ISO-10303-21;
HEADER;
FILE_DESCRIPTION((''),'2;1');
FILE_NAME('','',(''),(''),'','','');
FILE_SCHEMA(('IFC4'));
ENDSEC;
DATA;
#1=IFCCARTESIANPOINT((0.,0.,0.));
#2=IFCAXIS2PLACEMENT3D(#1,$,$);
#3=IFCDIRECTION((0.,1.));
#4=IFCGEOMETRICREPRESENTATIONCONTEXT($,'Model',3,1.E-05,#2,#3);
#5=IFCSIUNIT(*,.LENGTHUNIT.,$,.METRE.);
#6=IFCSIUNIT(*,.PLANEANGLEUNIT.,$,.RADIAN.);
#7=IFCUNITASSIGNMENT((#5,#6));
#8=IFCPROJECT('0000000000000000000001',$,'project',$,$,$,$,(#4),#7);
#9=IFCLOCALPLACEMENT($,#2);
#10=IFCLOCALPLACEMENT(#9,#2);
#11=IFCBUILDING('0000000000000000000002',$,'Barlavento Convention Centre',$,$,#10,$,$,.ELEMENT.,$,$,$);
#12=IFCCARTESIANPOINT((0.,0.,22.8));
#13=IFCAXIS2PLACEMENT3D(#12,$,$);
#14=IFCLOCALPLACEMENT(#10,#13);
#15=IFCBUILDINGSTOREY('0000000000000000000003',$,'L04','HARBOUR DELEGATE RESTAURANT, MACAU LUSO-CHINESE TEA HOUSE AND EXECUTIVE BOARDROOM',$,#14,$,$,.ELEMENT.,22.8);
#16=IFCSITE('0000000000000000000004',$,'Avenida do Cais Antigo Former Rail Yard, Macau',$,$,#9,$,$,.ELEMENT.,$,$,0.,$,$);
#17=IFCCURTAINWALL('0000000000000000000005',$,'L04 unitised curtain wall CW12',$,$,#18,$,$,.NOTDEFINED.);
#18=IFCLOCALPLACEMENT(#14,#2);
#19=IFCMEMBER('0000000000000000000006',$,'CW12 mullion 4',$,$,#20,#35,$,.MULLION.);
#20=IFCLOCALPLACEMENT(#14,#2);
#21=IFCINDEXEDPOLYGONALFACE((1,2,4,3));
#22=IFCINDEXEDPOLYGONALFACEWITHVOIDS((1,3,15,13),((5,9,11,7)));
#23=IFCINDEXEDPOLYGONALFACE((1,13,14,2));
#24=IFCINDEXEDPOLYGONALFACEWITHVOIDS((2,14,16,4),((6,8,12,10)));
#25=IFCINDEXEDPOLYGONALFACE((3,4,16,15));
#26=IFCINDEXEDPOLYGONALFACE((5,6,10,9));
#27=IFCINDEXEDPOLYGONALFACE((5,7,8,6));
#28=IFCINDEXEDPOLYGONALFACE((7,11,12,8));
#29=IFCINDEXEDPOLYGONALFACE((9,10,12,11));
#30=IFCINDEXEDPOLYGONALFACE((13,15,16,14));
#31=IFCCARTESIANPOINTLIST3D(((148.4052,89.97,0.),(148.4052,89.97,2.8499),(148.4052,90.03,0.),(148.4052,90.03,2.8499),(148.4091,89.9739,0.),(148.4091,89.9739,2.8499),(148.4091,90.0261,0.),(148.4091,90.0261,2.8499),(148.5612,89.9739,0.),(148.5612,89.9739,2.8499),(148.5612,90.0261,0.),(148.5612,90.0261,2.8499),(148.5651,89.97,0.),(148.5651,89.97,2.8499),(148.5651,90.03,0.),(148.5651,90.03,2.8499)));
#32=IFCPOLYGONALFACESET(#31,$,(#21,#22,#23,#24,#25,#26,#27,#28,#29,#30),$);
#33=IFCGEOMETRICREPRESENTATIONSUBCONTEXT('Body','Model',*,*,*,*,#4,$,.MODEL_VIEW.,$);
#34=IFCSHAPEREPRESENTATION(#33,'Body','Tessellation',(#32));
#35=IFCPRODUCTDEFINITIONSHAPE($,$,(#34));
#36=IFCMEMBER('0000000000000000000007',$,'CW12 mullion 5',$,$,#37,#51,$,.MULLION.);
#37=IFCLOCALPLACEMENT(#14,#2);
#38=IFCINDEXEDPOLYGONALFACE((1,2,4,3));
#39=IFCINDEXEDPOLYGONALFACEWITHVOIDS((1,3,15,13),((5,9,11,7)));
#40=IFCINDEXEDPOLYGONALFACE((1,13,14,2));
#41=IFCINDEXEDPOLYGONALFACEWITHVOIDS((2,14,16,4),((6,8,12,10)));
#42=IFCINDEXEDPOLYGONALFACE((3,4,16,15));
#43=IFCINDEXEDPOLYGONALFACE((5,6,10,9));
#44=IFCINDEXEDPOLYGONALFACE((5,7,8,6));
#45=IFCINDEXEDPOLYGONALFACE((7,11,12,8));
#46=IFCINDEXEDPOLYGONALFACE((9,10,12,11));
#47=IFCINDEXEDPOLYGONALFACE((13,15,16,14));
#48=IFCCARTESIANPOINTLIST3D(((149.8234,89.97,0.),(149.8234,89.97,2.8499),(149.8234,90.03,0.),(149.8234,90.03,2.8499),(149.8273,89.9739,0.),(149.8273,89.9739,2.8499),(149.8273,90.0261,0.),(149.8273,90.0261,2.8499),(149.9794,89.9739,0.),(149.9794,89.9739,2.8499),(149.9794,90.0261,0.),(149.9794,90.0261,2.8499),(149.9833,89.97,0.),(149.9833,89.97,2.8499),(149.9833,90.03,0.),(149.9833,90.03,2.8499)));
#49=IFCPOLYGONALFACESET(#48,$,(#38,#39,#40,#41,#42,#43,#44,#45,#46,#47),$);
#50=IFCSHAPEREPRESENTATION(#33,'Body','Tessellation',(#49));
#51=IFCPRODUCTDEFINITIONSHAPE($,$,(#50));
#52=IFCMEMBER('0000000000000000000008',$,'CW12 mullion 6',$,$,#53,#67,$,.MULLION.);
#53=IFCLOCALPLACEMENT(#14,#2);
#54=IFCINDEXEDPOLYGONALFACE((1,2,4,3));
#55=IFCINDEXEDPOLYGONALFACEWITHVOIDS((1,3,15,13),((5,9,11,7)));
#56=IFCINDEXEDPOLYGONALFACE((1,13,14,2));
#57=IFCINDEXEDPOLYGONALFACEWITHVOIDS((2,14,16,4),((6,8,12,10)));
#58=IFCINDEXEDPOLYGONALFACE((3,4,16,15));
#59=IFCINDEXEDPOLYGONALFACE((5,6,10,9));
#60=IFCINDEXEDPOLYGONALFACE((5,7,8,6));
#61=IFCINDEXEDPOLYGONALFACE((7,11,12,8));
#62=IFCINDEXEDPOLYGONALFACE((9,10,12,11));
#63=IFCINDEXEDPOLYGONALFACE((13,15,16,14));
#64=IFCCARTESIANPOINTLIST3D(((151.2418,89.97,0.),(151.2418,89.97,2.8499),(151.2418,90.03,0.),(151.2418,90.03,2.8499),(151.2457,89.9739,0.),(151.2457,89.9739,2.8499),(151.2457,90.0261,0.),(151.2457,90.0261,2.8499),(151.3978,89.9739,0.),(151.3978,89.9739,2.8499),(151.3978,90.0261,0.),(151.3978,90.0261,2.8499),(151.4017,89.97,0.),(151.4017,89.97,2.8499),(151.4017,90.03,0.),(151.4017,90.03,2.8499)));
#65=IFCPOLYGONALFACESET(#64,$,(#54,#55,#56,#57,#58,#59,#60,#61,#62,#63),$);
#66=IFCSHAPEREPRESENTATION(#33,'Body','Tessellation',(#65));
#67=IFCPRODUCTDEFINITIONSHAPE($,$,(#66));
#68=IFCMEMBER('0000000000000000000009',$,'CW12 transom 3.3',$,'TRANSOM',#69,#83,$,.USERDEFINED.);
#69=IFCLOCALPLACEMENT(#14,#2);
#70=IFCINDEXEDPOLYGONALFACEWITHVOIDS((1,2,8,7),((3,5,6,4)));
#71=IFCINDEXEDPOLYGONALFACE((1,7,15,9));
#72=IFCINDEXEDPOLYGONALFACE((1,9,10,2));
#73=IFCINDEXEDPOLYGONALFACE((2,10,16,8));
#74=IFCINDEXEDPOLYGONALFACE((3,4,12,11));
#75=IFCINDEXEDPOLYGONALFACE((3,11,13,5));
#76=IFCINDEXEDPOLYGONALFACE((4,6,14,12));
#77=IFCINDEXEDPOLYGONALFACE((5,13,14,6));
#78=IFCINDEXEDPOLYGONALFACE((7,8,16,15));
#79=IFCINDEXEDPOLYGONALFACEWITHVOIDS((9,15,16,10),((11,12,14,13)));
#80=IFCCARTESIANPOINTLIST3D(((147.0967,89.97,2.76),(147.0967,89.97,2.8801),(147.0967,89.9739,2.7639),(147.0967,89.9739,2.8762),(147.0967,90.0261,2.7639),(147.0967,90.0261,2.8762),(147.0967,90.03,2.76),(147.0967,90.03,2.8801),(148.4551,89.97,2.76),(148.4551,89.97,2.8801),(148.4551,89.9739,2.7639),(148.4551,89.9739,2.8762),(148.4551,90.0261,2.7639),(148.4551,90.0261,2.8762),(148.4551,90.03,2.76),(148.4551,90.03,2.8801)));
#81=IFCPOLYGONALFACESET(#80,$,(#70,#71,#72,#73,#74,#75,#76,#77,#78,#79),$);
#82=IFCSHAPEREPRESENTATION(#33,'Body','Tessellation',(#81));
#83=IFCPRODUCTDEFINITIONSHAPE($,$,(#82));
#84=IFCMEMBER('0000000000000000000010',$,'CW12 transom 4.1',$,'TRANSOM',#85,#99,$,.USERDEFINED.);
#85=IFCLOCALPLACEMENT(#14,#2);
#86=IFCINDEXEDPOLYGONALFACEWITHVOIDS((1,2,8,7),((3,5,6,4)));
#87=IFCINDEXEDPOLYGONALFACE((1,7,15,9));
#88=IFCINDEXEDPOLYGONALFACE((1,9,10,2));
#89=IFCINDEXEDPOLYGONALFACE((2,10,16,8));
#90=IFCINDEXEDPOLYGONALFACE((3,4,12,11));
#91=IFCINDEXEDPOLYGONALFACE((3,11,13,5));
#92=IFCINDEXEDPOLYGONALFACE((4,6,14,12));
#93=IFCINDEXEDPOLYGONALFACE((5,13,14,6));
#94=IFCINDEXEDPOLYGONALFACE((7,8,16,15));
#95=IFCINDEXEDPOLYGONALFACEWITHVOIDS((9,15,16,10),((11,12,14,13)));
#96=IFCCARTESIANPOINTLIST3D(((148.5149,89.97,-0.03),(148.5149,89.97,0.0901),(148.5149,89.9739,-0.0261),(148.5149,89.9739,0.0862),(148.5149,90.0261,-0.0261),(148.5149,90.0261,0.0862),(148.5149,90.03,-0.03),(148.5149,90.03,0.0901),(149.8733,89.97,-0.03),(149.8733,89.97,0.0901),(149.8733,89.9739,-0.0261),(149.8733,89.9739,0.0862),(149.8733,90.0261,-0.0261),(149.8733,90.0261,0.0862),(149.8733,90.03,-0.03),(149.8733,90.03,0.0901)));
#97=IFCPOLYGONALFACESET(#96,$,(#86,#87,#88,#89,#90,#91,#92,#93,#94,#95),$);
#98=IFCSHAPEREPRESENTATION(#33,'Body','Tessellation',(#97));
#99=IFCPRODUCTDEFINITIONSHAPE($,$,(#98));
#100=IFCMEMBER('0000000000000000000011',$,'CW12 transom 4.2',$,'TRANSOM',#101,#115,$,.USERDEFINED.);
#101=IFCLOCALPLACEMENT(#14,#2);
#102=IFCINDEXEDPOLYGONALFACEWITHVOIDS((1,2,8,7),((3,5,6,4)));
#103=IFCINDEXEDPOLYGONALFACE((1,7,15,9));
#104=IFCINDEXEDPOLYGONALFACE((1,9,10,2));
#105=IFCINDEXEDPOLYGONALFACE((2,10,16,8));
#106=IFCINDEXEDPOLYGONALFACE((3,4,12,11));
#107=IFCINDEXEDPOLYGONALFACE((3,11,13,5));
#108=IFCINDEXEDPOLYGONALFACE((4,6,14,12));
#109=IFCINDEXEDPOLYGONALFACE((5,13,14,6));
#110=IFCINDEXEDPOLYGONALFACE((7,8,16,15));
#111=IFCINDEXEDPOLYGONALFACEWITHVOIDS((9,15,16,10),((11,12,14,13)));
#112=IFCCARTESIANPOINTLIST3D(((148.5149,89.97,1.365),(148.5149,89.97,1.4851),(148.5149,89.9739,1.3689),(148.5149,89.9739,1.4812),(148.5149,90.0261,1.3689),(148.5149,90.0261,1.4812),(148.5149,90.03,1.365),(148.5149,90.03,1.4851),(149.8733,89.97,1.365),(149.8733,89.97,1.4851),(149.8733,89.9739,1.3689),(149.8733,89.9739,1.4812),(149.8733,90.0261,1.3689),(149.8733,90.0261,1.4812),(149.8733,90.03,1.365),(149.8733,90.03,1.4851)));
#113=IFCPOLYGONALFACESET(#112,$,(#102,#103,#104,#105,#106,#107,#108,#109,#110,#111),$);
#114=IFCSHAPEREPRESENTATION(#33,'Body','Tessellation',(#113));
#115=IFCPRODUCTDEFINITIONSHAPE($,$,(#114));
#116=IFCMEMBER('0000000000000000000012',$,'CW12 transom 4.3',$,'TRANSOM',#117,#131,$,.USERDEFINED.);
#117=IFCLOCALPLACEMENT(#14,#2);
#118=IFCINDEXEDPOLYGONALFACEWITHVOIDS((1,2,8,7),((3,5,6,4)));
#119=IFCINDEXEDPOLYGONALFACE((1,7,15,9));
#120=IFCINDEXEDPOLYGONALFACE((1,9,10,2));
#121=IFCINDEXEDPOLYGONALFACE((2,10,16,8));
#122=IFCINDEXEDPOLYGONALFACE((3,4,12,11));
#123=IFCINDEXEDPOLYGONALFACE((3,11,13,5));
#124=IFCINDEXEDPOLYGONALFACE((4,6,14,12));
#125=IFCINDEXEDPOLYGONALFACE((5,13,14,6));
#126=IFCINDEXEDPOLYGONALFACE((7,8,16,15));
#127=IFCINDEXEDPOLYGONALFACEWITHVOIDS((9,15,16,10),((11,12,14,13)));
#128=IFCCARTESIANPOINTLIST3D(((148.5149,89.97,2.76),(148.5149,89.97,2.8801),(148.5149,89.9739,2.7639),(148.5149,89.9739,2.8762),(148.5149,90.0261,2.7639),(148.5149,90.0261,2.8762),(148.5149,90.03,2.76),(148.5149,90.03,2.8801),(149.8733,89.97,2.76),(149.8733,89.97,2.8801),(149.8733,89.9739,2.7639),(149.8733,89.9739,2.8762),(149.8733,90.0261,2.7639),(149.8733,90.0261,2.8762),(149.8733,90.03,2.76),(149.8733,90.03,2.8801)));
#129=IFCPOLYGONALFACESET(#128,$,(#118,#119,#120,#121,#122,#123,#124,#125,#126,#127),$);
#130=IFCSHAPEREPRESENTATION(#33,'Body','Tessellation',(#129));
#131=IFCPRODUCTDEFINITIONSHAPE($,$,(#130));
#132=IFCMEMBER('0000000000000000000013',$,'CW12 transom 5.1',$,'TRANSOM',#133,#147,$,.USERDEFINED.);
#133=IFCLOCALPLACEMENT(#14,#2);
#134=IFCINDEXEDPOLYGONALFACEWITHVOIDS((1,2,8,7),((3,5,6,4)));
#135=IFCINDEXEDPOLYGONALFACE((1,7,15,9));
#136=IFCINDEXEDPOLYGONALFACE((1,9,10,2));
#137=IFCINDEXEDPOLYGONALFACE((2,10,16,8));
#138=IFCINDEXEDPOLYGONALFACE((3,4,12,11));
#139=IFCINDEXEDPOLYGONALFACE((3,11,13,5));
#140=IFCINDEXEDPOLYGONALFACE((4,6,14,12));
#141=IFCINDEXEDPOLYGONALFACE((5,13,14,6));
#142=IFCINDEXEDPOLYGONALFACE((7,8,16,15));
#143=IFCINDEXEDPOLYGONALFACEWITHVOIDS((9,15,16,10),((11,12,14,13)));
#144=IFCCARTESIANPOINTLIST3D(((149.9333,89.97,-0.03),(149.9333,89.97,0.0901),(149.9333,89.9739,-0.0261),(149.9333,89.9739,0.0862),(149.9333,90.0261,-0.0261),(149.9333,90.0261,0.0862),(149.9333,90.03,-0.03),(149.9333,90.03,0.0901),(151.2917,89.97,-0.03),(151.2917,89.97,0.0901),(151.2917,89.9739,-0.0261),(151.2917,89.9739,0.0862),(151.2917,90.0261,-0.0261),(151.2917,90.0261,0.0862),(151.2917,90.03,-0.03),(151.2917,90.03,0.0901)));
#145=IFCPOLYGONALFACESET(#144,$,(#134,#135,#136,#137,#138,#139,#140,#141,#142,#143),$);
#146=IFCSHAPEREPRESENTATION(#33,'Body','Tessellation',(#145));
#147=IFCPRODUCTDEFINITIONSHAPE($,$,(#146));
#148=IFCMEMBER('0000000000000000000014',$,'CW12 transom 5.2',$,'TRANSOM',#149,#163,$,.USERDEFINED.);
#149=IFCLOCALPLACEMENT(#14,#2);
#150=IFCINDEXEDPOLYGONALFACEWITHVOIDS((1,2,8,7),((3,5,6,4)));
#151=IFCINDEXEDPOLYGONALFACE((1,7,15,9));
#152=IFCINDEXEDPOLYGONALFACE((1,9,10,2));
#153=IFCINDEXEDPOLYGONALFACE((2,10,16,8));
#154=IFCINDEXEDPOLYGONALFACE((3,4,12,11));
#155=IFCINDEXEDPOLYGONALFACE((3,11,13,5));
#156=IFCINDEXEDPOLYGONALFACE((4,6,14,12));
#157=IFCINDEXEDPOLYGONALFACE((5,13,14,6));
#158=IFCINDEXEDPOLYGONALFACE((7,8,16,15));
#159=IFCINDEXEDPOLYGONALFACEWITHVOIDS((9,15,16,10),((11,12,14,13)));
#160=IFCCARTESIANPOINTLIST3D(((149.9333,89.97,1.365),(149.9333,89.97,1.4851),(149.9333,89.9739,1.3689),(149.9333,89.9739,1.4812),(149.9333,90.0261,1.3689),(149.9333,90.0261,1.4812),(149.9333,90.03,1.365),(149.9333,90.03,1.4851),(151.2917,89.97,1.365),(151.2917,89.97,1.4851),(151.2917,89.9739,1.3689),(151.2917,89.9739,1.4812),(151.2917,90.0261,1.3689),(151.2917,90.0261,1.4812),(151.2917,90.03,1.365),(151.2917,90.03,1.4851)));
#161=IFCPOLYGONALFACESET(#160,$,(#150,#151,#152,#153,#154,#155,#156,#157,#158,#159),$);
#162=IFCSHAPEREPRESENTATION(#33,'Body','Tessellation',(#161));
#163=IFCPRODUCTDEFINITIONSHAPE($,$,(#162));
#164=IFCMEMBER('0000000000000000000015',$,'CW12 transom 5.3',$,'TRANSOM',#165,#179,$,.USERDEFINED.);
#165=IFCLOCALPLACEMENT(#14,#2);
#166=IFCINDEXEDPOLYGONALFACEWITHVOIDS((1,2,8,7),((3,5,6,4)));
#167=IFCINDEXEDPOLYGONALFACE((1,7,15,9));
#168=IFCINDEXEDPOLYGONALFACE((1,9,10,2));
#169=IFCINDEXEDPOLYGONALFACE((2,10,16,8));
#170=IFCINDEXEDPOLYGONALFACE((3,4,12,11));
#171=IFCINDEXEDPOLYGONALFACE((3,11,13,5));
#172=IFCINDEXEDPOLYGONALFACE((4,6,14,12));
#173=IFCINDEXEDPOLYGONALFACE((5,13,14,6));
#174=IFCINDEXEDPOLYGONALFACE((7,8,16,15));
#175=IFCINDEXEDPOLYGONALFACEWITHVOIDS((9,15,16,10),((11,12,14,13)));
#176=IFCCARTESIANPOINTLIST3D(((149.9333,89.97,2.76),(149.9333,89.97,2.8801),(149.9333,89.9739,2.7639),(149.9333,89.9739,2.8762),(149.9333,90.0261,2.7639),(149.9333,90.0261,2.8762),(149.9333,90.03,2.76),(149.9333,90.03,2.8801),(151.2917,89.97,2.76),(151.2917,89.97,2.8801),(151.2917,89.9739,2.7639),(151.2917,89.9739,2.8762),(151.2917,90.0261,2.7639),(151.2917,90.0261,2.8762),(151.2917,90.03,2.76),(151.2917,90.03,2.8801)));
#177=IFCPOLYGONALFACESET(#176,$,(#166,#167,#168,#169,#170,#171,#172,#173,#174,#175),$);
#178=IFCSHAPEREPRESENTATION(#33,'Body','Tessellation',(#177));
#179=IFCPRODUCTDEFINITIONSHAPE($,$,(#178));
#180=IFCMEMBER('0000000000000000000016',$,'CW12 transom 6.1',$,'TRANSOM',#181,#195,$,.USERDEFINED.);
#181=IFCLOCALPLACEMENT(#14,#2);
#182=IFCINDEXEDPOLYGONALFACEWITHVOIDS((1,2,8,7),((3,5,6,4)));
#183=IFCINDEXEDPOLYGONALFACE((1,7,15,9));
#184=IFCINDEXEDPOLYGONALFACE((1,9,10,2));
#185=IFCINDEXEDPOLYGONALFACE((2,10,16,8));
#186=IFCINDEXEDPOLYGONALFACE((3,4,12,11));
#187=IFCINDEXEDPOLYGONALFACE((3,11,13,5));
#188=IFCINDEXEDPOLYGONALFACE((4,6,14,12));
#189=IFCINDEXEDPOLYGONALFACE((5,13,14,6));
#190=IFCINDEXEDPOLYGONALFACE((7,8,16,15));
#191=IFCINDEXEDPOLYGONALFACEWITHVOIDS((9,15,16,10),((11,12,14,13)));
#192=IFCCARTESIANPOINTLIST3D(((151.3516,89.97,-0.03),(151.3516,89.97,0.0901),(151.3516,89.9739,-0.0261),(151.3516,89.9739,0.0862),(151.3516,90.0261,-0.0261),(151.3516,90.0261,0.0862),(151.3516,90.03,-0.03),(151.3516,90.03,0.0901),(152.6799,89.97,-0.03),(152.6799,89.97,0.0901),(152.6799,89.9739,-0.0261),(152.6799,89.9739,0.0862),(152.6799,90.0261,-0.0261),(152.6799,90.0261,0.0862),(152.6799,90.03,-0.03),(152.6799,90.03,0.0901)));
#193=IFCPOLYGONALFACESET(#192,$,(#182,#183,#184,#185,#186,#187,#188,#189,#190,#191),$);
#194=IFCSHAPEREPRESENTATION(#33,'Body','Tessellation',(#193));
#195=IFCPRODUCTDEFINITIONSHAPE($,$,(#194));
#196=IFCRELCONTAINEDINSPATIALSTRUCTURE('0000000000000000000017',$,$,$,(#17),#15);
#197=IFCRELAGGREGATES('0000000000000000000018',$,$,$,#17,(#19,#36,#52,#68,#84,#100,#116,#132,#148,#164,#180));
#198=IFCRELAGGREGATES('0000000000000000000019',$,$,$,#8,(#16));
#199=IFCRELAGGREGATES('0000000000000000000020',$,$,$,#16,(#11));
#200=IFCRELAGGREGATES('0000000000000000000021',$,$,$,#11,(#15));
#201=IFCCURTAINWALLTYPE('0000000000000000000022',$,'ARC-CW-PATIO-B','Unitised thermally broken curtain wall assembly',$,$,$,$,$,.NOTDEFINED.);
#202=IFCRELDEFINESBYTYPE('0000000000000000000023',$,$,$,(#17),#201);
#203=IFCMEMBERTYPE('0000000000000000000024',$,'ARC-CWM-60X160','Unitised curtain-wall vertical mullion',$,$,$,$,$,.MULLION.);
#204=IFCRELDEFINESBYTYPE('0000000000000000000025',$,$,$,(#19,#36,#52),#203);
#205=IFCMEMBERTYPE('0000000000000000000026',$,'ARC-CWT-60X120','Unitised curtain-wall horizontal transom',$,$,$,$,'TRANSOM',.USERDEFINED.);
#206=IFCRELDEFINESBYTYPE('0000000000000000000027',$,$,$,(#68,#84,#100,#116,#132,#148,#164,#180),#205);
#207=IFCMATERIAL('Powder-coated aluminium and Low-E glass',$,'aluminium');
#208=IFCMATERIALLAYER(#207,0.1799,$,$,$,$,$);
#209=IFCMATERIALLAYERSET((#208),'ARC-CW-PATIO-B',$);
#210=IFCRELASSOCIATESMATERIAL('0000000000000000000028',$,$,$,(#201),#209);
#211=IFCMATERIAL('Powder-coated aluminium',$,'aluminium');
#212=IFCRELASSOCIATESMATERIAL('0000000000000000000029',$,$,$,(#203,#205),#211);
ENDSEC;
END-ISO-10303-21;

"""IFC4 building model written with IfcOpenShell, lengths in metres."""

from ifc_helpers import new_model, si_unit, direction, frame, origin, origin_2d, place, context, subcontext, project, spatial, hollow_rectangle, extrude, material, layer, layer_set, material_profile, profile_set, type_object, element, aggregate, save


model = new_model("IFC4")

# Units and contexts
model_context = context("Model", 3, precision=1e-05, world=origin(), true_north=direction((0.0, 1.0)))
body_context = subcontext(model_context, "Body", "Model", "MODEL_VIEW")
ifc_project = project(units=[si_unit("LENGTHUNIT", "METRE"), si_unit("PLANEANGLEUNIT", "RADIAN")], contexts=[model_context])

# Site, building, storey
site_placement = place(None, origin())
site = spatial("IfcSite", under=ifc_project, at=site_placement, Name="Avenida do Cais Antigo Former Rail Yard, Macau", CompositionType="ELEMENT", RefElevation=0.0)
building_placement = place(site_placement, origin())
building = spatial("IfcBuilding", under=site, at=building_placement, Name="Barlavento Convention Centre", CompositionType="ELEMENT")
storey_placement = place(building_placement, frame((0.0, 0.0, 22.8)))
storey = spatial("IfcBuildingStorey", under=building, at=storey_placement, Name="L04", Description="HARBOUR DELEGATE RESTAURANT, MACAU LUSO-CHINESE TEA HOUSE AND EXECUTIVE BOARDROOM", CompositionType="ELEMENT", Elevation=22.8)

# Curtain wall, members
ifc_material_1 = material(Name="Powder-coated aluminium and Low-E glass", Category="aluminium")
ifc_layer_1 = layer(ifc_material_1, 0.1799)
ifc_layer_set_1 = layer_set([ifc_layer_1], Name="ARC-CW-PATIO-B")
curtain_wall_type = type_object("IfcCurtainWallType", Name="ARC-CW-PATIO-B", Description="Unitised thermally broken curtain wall assembly", PredefinedType="NOTDEFINED", material=ifc_layer_set_1)
curtain_wall_placement = place(storey_placement, origin())
curtain_wall = element("IfcCurtainWall", 1, at=curtain_wall_placement, inside=storey, type_object=curtain_wall_type, Name="L04 unitised curtain wall CW12", PredefinedType="NOTDEFINED")
ifc_material_2 = material(Name="Powder-coated aluminium", Category="aluminium")
ifc_material_profile_1 = material_profile(ifc_material_2, hollow_rectangle(XDim=0.0601, YDim=0.1599, WallThickness=0.0039, at=origin_2d()), Name="AL-MULL 60x160x4")
ifc_profile_set_1 = profile_set([ifc_material_profile_1], Name="Powder-coated aluminium")
member_type_1 = type_object("IfcMemberType", Name="ARC-CWM-60X160", Description="Unitised curtain-wall vertical mullion", PredefinedType="MULLION", material=ifc_profile_set_1)
member_1_placement = place(storey_placement, frame((148.4851, 90.0, 0.0), z_axis=(0.0, 0.0, 1.0), x_axis=(0.0, 1.0, 0.0)))
member_1 = element("IfcMember", 2, at=member_1_placement, type_object=member_type_1, Name="CW12 mullion 4", PredefinedType="MULLION", context=body_context, shape_type="SweptSolid", body=[
    extrude(hollow_rectangle(XDim=0.0601, YDim=0.1599, WallThickness=0.0039, at=origin_2d()), origin(), (0.0, 0.0, 1.0), 2.8499),
])
member_2_placement = place(storey_placement, frame((149.9033, 90.0, 0.0), z_axis=(0.0, 0.0, 1.0), x_axis=(0.0, 1.0, 0.0)))
member_2 = element("IfcMember", 3, at=member_2_placement, type_object=member_type_1, Name="CW12 mullion 5", PredefinedType="MULLION", context=body_context, shape_type="SweptSolid", body=[
    extrude(hollow_rectangle(XDim=0.0601, YDim=0.1599, WallThickness=0.0039, at=origin_2d()), origin(), (0.0, 0.0, 1.0), 2.8499),
])
member_3_placement = place(storey_placement, frame((151.3218, 90.0, 0.0), z_axis=(0.0, 0.0, 1.0), x_axis=(0.0, 1.0, 0.0)))
member_3 = element("IfcMember", 4, at=member_3_placement, type_object=member_type_1, Name="CW12 mullion 6", PredefinedType="MULLION", context=body_context, shape_type="SweptSolid", body=[
    extrude(hollow_rectangle(XDim=0.0601, YDim=0.1599, WallThickness=0.0039, at=origin_2d()), origin(), (0.0, 0.0, 1.0), 2.8499),
])
ifc_material_profile_2 = material_profile(ifc_material_2, hollow_rectangle(XDim=0.0601, YDim=0.1201, WallThickness=0.0039, at=origin_2d()), Name="AL-TRAN 60x120x4")
ifc_profile_set_2 = profile_set([ifc_material_profile_2], Name="Powder-coated aluminium")
member_type_2 = type_object("IfcMemberType", Name="ARC-CWT-60X120", Description="Unitised curtain-wall horizontal transom", ElementType="TRANSOM", PredefinedType="USERDEFINED", material=ifc_profile_set_2)
member_4_placement = place(storey_placement, frame((147.0967, 90.0, 2.8201), z_axis=(1.0, 0.0, 0.0), x_axis=(0.0, 1.0, 0.0)))
member_4 = element("IfcMember", 5, at=member_4_placement, type_object=member_type_2, Name="CW12 transom 3.3", ObjectType="TRANSOM", PredefinedType="USERDEFINED", context=body_context, shape_type="SweptSolid", body=[
    extrude(hollow_rectangle(XDim=0.0601, YDim=0.1201, WallThickness=0.0039, at=origin_2d()), origin(), (0.0, 0.0, 1.0), 1.3584),
])
member_5_placement = place(storey_placement, frame((148.5149, 90.0, 0.03), z_axis=(1.0, 0.0, 0.0), x_axis=(0.0, 1.0, 0.0)))
member_5 = element("IfcMember", 6, at=member_5_placement, type_object=member_type_2, Name="CW12 transom 4.1", ObjectType="TRANSOM", PredefinedType="USERDEFINED", context=body_context, shape_type="SweptSolid", body=[
    extrude(hollow_rectangle(XDim=0.0601, YDim=0.1201, WallThickness=0.0039, at=origin_2d()), origin(), (0.0, 0.0, 1.0), 1.3584),
])
member_6_placement = place(storey_placement, frame((148.5149, 90.0, 1.425), z_axis=(1.0, 0.0, 0.0), x_axis=(0.0, 1.0, 0.0)))
member_6 = element("IfcMember", 7, at=member_6_placement, type_object=member_type_2, Name="CW12 transom 4.2", ObjectType="TRANSOM", PredefinedType="USERDEFINED", context=body_context, shape_type="SweptSolid", body=[
    extrude(hollow_rectangle(XDim=0.0601, YDim=0.1201, WallThickness=0.0039, at=origin_2d()), origin(), (0.0, 0.0, 1.0), 1.3584),
])
member_7_placement = place(storey_placement, frame((148.5149, 90.0, 2.8201), z_axis=(1.0, 0.0, 0.0), x_axis=(0.0, 1.0, 0.0)))
member_7 = element("IfcMember", 8, at=member_7_placement, type_object=member_type_2, Name="CW12 transom 4.3", ObjectType="TRANSOM", PredefinedType="USERDEFINED", context=body_context, shape_type="SweptSolid", body=[
    extrude(hollow_rectangle(XDim=0.0601, YDim=0.1201, WallThickness=0.0039, at=origin_2d()), origin(), (0.0, 0.0, 1.0), 1.3584),
])
member_8_placement = place(storey_placement, frame((149.9333, 90.0, 0.03), z_axis=(1.0, 0.0, 0.0), x_axis=(0.0, 1.0, 0.0)))
member_8 = element("IfcMember", 9, at=member_8_placement, type_object=member_type_2, Name="CW12 transom 5.1", ObjectType="TRANSOM", PredefinedType="USERDEFINED", context=body_context, shape_type="SweptSolid", body=[
    extrude(hollow_rectangle(XDim=0.0601, YDim=0.1201, WallThickness=0.0039, at=origin_2d()), origin(), (0.0, 0.0, 1.0), 1.3584),
])
member_9_placement = place(storey_placement, frame((149.9333, 90.0, 1.425), z_axis=(1.0, 0.0, 0.0), x_axis=(0.0, 1.0, 0.0)))
member_9 = element("IfcMember", 10, at=member_9_placement, type_object=member_type_2, Name="CW12 transom 5.2", ObjectType="TRANSOM", PredefinedType="USERDEFINED", context=body_context, shape_type="SweptSolid", body=[
    extrude(hollow_rectangle(XDim=0.0601, YDim=0.1201, WallThickness=0.0039, at=origin_2d()), origin(), (0.0, 0.0, 1.0), 1.3584),
])
member_10_placement = place(storey_placement, frame((149.9333, 90.0, 2.8201), z_axis=(1.0, 0.0, 0.0), x_axis=(0.0, 1.0, 0.0)))
member_10 = element("IfcMember", 11, at=member_10_placement, type_object=member_type_2, Name="CW12 transom 5.3", ObjectType="TRANSOM", PredefinedType="USERDEFINED", context=body_context, shape_type="SweptSolid", body=[
    extrude(hollow_rectangle(XDim=0.0601, YDim=0.1201, WallThickness=0.0039, at=origin_2d()), origin(), (0.0, 0.0, 1.0), 1.3584),
])
member_11_placement = place(storey_placement, frame((151.3516, 90.0, 0.03), z_axis=(1.0, 0.0, 0.0), x_axis=(0.0, 1.0, 0.0)))
member_11 = element("IfcMember", 12, at=member_11_placement, type_object=member_type_2, Name="CW12 transom 6.1", ObjectType="TRANSOM", PredefinedType="USERDEFINED", context=body_context, shape_type="SweptSolid", body=[
    extrude(hollow_rectangle(XDim=0.0601, YDim=0.1201, WallThickness=0.0039, at=origin_2d()), origin(), (0.0, 0.0, 1.0), 1.3284),
])

aggregate(curtain_wall, [member_1, member_2, member_3, member_4, member_5, member_6, member_7, member_8, member_9, member_10, member_11])

save(model, "model.ifc")
